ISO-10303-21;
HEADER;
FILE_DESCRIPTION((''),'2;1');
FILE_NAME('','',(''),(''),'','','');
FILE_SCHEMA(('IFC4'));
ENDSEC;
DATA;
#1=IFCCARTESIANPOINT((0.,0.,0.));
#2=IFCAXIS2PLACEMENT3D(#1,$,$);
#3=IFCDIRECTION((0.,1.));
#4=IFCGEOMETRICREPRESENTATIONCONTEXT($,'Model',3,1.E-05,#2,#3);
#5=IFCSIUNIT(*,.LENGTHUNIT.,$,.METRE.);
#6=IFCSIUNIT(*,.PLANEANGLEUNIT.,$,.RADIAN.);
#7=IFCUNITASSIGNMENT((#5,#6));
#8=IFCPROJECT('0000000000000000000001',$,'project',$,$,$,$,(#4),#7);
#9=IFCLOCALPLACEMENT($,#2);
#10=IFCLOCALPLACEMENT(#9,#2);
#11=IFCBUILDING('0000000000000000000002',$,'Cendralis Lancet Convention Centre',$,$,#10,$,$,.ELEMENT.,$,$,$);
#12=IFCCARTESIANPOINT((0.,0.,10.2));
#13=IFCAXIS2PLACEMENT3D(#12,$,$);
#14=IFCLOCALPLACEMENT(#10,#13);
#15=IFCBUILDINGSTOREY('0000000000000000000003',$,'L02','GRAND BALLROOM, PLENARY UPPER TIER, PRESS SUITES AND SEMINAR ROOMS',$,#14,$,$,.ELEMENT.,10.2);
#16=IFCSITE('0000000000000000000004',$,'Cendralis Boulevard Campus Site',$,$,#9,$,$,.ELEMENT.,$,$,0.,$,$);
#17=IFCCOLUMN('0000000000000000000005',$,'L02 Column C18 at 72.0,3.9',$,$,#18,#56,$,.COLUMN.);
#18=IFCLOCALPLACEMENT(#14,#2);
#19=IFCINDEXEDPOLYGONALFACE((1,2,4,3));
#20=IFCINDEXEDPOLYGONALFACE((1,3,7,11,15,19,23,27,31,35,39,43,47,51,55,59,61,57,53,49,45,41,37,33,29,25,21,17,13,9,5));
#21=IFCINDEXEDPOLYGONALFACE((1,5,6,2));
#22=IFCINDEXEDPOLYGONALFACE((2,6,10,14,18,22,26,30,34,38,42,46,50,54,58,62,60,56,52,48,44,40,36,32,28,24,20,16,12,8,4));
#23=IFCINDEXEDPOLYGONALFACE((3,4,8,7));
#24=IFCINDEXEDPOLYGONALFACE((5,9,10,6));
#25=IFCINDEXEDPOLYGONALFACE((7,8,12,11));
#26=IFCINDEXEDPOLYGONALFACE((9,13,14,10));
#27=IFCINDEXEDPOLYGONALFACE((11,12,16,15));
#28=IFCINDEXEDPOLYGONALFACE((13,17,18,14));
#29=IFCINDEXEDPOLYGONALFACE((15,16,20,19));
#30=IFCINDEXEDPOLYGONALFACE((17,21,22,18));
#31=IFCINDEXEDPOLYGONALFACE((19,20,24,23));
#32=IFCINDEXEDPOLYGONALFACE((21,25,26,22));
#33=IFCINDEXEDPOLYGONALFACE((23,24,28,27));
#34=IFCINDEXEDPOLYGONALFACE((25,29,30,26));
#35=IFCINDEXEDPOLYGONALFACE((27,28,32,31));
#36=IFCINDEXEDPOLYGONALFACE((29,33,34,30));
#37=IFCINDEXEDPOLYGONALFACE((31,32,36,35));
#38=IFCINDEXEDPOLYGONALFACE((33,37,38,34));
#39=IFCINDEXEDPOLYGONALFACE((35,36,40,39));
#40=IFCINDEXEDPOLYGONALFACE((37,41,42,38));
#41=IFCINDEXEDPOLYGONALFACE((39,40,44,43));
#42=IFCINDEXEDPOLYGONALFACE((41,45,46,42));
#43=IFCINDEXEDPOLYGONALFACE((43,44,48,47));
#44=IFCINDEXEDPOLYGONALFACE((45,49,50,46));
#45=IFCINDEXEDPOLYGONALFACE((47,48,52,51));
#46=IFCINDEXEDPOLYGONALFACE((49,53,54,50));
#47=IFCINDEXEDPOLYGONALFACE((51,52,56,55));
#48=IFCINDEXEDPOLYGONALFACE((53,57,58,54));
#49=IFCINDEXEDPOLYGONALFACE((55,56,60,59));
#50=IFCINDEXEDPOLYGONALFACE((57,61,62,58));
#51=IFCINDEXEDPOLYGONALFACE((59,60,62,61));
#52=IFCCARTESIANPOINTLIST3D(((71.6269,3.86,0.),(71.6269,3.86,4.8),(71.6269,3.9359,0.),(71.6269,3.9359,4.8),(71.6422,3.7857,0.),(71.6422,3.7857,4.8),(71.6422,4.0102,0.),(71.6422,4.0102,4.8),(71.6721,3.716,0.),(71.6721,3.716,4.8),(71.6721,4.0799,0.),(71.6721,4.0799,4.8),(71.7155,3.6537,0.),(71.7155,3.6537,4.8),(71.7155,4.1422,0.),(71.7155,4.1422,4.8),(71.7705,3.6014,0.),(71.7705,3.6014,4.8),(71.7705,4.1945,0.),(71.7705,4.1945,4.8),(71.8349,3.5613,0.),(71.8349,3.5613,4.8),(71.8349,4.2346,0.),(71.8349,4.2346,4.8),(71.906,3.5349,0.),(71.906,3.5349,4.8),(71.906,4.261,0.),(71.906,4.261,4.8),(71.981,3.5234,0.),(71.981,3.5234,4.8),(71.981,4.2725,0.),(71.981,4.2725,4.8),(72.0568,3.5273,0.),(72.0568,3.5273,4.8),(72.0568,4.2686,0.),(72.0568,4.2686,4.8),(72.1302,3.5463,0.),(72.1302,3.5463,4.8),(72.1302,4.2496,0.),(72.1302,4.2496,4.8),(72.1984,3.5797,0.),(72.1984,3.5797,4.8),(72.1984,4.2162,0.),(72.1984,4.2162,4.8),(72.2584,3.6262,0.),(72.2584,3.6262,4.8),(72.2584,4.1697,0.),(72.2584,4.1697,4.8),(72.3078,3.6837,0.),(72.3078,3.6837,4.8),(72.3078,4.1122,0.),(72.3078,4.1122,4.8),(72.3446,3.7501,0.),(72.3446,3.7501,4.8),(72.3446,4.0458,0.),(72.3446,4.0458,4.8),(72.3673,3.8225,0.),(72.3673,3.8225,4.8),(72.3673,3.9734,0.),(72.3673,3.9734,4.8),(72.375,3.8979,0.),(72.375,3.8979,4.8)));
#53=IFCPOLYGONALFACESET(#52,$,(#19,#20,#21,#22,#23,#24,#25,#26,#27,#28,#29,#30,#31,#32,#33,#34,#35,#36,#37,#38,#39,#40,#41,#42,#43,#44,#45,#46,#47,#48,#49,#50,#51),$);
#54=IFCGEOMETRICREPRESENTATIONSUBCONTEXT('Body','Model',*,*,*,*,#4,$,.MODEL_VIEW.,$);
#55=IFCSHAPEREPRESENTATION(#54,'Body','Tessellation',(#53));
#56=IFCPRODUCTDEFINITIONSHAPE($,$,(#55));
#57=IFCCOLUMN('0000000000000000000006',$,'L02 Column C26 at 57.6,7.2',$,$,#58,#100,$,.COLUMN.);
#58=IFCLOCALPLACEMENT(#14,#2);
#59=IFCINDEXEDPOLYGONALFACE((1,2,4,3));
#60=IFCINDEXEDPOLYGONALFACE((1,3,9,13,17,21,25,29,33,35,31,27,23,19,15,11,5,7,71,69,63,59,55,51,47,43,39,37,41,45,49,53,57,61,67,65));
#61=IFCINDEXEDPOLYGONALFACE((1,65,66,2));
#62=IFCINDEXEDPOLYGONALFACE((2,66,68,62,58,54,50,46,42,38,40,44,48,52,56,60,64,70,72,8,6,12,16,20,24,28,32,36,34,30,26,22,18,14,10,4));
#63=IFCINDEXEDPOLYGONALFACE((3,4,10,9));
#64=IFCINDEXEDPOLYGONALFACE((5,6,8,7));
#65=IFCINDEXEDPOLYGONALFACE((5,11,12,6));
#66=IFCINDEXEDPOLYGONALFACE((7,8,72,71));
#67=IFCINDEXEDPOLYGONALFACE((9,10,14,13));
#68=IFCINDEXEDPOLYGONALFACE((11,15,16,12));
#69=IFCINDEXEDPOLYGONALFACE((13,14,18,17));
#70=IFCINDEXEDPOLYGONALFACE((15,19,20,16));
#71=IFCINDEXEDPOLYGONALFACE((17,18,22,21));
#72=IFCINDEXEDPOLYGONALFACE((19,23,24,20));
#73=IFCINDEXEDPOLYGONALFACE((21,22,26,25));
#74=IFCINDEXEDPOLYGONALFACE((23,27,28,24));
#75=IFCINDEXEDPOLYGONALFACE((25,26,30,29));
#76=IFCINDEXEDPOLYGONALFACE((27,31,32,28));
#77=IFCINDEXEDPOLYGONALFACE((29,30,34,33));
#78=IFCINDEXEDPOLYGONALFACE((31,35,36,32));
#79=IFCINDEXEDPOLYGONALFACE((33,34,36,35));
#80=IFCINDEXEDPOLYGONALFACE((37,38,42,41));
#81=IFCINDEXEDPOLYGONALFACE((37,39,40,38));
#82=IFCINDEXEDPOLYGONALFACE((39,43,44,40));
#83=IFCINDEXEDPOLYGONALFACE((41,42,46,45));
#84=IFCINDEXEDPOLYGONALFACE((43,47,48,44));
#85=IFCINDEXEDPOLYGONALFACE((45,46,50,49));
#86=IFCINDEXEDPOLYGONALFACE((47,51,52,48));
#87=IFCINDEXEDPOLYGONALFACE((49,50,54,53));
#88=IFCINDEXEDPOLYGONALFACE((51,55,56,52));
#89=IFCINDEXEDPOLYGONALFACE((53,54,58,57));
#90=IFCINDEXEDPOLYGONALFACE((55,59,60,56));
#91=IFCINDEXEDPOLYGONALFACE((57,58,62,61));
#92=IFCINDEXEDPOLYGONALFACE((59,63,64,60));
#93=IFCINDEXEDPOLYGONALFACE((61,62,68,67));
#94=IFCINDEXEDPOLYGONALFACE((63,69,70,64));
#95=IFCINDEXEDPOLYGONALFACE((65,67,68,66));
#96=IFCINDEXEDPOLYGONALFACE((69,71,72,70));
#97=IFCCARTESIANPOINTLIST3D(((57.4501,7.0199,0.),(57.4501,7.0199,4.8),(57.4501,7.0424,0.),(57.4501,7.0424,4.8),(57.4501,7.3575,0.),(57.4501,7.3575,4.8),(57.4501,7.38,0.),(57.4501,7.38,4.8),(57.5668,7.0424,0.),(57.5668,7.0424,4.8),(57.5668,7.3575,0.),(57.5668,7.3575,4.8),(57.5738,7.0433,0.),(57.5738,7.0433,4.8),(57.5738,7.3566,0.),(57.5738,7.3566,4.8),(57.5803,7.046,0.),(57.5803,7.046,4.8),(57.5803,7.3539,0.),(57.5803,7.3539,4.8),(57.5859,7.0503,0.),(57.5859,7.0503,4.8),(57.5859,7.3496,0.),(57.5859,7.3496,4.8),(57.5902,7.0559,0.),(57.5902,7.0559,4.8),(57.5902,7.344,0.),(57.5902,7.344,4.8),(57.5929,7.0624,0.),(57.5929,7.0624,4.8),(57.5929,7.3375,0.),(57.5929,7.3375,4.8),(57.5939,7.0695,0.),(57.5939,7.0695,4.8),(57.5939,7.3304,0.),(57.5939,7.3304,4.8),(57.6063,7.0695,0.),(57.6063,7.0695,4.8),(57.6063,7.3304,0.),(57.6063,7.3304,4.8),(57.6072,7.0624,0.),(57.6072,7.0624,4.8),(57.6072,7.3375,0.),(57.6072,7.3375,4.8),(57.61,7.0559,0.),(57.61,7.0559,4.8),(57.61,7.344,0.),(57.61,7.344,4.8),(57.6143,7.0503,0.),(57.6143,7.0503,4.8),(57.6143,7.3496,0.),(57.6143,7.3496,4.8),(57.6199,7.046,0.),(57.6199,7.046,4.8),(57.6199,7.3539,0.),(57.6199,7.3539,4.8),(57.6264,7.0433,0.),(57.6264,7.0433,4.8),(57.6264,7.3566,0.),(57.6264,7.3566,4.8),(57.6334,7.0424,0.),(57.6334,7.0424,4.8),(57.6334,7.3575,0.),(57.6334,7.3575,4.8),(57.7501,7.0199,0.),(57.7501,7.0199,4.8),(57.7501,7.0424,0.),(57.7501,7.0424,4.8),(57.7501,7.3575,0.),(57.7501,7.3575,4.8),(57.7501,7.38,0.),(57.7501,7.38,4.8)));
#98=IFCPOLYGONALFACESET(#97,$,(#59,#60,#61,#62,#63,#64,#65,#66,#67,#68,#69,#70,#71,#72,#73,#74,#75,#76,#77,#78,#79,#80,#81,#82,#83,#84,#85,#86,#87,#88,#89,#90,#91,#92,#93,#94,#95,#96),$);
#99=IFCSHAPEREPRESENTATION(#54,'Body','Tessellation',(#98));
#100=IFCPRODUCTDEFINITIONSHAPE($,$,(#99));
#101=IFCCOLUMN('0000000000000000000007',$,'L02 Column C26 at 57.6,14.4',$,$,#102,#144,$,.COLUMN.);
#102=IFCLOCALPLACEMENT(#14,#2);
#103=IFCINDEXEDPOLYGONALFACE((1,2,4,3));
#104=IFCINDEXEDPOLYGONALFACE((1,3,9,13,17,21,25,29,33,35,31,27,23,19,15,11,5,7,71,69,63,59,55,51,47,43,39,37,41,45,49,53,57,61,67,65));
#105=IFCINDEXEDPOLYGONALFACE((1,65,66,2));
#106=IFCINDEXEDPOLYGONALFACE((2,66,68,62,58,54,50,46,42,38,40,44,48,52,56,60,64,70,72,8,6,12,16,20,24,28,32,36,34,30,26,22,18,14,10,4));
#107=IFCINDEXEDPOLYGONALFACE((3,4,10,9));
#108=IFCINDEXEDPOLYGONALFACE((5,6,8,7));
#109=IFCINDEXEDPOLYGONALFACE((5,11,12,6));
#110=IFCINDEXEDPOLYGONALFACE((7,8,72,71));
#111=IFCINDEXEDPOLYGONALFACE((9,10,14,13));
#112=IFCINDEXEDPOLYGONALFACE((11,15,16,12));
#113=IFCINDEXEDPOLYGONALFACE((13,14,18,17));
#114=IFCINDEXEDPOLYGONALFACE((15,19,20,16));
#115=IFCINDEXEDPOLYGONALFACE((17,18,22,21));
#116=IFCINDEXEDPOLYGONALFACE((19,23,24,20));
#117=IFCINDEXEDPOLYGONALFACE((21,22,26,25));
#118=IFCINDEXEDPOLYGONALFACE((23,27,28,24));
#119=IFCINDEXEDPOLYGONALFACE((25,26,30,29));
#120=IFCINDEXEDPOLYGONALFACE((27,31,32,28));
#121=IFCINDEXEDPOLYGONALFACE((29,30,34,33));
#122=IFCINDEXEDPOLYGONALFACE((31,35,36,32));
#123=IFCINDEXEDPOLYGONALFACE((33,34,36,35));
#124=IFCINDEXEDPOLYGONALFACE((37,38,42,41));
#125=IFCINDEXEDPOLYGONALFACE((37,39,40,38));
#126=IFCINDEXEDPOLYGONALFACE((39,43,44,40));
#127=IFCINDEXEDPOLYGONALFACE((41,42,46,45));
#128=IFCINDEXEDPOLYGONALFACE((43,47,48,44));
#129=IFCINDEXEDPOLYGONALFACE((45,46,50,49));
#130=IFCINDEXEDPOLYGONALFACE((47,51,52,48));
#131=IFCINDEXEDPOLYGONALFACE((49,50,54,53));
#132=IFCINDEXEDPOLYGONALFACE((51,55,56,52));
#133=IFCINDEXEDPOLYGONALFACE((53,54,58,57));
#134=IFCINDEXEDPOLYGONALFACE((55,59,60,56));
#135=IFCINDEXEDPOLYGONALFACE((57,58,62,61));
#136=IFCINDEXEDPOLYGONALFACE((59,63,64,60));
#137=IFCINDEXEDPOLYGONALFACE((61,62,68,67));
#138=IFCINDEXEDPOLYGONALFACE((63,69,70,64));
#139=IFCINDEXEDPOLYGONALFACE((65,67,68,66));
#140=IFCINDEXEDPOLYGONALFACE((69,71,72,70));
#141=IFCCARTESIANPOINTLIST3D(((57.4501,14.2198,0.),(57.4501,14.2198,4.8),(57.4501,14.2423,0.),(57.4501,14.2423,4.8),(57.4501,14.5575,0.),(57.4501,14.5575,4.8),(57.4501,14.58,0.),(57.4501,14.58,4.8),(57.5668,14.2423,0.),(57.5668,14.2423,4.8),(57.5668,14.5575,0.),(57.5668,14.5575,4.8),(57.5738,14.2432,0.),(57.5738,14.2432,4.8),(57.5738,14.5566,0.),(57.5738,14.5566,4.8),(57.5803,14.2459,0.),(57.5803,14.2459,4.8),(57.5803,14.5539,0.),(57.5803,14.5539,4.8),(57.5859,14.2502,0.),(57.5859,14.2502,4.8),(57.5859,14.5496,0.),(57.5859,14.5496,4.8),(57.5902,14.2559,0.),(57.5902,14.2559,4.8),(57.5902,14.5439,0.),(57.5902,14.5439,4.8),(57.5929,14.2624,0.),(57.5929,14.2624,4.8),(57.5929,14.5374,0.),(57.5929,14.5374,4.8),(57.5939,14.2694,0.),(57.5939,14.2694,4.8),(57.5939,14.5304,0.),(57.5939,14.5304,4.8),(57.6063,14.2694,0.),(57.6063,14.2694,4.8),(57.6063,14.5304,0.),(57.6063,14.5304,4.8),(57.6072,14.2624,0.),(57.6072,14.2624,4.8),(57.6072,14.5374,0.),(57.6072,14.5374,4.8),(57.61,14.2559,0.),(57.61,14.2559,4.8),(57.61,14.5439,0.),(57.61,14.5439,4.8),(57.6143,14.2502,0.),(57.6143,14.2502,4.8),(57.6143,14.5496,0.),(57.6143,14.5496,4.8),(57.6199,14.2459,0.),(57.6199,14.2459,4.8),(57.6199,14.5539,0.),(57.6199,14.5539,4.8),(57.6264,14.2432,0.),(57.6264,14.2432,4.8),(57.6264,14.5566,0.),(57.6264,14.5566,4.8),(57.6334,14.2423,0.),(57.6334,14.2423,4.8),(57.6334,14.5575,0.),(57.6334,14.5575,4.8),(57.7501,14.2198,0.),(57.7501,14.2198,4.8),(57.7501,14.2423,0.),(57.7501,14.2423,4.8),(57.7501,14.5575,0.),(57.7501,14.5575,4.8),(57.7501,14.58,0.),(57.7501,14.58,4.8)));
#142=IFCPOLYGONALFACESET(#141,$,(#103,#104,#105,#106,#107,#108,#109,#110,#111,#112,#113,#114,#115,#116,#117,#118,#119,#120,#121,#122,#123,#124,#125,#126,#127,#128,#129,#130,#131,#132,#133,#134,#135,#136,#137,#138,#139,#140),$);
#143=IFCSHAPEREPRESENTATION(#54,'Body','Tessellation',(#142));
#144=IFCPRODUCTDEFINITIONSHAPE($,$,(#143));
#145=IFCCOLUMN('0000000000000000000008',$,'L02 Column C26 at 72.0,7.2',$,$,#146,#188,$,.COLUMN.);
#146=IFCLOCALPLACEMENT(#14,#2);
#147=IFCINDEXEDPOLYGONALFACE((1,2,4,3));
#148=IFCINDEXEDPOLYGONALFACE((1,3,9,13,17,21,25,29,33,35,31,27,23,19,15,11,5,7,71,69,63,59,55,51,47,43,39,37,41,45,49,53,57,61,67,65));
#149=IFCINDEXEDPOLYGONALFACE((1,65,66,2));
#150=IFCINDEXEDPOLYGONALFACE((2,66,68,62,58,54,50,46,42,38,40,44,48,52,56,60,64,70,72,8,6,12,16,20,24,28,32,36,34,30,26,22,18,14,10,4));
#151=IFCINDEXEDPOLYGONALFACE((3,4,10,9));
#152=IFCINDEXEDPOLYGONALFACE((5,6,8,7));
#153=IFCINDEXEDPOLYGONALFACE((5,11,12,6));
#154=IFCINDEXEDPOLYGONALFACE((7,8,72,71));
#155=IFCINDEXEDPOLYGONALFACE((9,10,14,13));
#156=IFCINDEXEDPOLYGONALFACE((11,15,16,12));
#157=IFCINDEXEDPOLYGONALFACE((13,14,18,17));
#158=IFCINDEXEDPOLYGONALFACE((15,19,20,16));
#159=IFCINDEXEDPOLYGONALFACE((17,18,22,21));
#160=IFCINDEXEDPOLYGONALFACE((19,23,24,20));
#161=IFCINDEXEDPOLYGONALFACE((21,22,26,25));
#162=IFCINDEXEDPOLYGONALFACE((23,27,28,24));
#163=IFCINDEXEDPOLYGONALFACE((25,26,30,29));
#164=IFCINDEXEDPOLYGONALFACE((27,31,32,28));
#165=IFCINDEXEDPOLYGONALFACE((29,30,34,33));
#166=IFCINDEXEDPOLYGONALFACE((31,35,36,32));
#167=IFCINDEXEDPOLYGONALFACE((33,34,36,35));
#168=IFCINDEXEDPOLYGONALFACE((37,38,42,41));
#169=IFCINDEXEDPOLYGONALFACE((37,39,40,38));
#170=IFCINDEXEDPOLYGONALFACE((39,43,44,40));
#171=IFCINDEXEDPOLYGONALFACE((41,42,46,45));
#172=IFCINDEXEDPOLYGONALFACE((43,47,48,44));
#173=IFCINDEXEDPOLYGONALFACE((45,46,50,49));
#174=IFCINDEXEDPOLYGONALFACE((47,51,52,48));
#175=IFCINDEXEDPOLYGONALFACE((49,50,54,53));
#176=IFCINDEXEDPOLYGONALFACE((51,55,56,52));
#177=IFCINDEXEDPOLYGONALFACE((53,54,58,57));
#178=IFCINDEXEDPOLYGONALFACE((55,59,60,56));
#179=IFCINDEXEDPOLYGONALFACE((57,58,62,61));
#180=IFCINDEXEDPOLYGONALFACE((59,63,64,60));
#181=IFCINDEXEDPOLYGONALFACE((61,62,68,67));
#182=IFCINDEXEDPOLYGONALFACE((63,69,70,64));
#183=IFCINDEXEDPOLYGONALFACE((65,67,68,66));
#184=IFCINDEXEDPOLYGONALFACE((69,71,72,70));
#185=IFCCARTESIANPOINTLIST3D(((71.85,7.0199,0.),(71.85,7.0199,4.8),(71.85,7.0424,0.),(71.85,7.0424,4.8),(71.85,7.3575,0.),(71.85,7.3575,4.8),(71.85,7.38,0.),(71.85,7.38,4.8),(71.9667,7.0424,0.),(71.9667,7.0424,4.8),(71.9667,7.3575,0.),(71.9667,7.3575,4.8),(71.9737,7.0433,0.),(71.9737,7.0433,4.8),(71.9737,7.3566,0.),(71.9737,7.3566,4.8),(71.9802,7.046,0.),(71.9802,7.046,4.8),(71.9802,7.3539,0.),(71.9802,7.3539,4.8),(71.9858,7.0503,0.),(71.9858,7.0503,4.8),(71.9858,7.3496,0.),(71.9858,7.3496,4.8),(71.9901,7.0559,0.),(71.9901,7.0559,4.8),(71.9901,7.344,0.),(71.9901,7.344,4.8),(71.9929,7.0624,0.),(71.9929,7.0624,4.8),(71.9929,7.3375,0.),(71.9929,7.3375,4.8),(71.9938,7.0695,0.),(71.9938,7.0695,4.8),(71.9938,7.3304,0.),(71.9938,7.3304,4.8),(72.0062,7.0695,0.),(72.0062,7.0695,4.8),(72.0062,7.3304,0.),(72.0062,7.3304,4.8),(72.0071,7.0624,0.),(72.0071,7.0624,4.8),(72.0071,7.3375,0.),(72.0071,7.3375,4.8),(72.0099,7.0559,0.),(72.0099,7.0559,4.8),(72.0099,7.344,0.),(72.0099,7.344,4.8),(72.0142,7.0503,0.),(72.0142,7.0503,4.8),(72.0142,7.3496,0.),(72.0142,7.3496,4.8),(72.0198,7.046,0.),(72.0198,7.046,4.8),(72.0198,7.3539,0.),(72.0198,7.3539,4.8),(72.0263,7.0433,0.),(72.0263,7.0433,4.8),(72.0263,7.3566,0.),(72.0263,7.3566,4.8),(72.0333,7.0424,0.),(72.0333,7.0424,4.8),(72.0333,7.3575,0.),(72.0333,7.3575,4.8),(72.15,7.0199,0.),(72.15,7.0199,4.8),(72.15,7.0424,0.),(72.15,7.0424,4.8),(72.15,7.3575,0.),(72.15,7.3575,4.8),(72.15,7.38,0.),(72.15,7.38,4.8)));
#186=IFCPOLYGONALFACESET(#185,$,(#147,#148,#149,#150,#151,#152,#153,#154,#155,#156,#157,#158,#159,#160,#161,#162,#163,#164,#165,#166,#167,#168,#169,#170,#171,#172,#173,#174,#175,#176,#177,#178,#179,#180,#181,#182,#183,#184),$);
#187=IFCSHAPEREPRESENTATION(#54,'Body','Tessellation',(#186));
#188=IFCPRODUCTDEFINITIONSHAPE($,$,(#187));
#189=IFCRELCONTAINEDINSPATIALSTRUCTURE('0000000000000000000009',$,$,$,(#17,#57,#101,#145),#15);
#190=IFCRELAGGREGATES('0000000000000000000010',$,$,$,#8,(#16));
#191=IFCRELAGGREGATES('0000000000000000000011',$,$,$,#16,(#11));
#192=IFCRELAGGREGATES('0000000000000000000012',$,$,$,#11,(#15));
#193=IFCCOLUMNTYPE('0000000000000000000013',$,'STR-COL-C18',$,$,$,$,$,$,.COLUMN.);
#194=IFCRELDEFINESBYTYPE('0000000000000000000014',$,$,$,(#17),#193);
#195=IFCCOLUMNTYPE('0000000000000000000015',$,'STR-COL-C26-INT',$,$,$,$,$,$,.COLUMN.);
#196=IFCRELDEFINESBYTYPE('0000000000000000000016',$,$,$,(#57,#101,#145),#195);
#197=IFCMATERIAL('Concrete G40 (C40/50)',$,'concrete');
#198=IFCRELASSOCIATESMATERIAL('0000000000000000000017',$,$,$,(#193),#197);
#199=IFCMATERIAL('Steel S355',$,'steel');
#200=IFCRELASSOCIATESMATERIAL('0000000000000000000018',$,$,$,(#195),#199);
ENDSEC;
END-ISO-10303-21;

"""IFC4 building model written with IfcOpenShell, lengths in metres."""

from ifc_helpers import new_model, si_unit, direction, frame, origin, origin_2d, place, context, subcontext, project, spatial, circle, i_section, extrude, material, material_profile, profile_set, type_object, element, save


model = new_model("IFC4")

# Units and contexts
model_context = context("Model", 3, precision=1e-05, world=origin(), true_north=direction((0.0, 1.0)))
body_context = subcontext(model_context, "Body", "Model", "MODEL_VIEW")
ifc_project = project(units=[si_unit("LENGTHUNIT", "METRE"), si_unit("PLANEANGLEUNIT", "RADIAN")], contexts=[model_context])

# Site, building, storey
site_placement = place(None, origin())
site = spatial("IfcSite", under=ifc_project, at=site_placement, Name="Cendralis Boulevard Campus Site", CompositionType="ELEMENT", RefElevation=0.0)
building_placement = place(site_placement, origin())
building = spatial("IfcBuilding", under=site, at=building_placement, Name="Cendralis Lancet Convention Centre", CompositionType="ELEMENT")
storey_placement = place(building_placement, frame((0.0, 0.0, 10.2)))
storey = spatial("IfcBuildingStorey", under=building, at=storey_placement, Name="L02", Description="GRAND BALLROOM, PLENARY UPPER TIER, PRESS SUITES AND SEMINAR ROOMS", CompositionType="ELEMENT", Elevation=10.2)

# Columns
ifc_material_1 = material(Name="Concrete G40 (C40/50)", Category="concrete")
ifc_material_profile_1 = material_profile(ifc_material_1, circle(Radius=0.375, at=origin_2d()), Name="RC D750")
ifc_profile_set_1 = profile_set([ifc_material_profile_1], Name="Concrete G40 (C40/50)")
column_type_1 = type_object("IfcColumnType", Name="STR-COL-C18", PredefinedType="COLUMN", material=ifc_profile_set_1)
column_placement = place(storey_placement, frame((72.0, 3.8979, 0.0), z_axis=(0.0, 0.0, 1.0), x_axis=(1.0, 0.0, 0.0)))
element("IfcColumn", 1, at=column_placement, inside=storey, type_object=column_type_1, Name="L02 Column C18 at 72.0,3.9", PredefinedType="COLUMN", context=body_context, shape_type="SweptSolid", body=[
    extrude(circle(Radius=0.375, at=origin_2d()), origin(), (0.0, 0.0, 1.0), 4.8),
])
ifc_material_2 = material(Name="Steel S355", Category="steel")
ifc_material_profile_2 = material_profile(ifc_material_2, i_section(OverallWidth=0.3, OverallDepth=0.3601, WebThickness=0.0125, FlangeThickness=0.0225, FilletRadius=0.0271, at=origin_2d()), Name="HEB 360")
ifc_profile_set_2 = profile_set([ifc_material_profile_2], Name="Steel S355")
column_type_2 = type_object("IfcColumnType", Name="STR-COL-C26-INT", PredefinedType="COLUMN", material=ifc_profile_set_2)
for number, where, z_axis, x_axis, name in (
    (2, (57.6001, 7.2, 0.0), (0.0, 0.0, 1.0), (1.0, 0.0, 0.0), "L02 Column C26 at 57.6,7.2"),
    (3, (57.6001, 14.3999, 0.0), (0.0, 0.0, 1.0), (1.0, 0.0, 0.0), "L02 Column C26 at 57.6,14.4"),
    (4, (72.0, 7.2, 0.0), (0.0, 0.0, 1.0), (1.0, 0.0, 0.0), "L02 Column C26 at 72.0,7.2"),
):
    element("IfcColumn", number, at=place(storey_placement, frame(where, z_axis=z_axis, x_axis=x_axis)), inside=storey, type_object=column_type_2, Name=name, PredefinedType="COLUMN", context=body_context, shape_type="SweptSolid", body=[
        extrude(i_section(OverallWidth=0.3, OverallDepth=0.3601, WebThickness=0.0125, FlangeThickness=0.0225, FilletRadius=0.0271, at=origin_2d()), origin(), (0.0, 0.0, 1.0), 4.8),
    ])

save(model, "model.ifc")
